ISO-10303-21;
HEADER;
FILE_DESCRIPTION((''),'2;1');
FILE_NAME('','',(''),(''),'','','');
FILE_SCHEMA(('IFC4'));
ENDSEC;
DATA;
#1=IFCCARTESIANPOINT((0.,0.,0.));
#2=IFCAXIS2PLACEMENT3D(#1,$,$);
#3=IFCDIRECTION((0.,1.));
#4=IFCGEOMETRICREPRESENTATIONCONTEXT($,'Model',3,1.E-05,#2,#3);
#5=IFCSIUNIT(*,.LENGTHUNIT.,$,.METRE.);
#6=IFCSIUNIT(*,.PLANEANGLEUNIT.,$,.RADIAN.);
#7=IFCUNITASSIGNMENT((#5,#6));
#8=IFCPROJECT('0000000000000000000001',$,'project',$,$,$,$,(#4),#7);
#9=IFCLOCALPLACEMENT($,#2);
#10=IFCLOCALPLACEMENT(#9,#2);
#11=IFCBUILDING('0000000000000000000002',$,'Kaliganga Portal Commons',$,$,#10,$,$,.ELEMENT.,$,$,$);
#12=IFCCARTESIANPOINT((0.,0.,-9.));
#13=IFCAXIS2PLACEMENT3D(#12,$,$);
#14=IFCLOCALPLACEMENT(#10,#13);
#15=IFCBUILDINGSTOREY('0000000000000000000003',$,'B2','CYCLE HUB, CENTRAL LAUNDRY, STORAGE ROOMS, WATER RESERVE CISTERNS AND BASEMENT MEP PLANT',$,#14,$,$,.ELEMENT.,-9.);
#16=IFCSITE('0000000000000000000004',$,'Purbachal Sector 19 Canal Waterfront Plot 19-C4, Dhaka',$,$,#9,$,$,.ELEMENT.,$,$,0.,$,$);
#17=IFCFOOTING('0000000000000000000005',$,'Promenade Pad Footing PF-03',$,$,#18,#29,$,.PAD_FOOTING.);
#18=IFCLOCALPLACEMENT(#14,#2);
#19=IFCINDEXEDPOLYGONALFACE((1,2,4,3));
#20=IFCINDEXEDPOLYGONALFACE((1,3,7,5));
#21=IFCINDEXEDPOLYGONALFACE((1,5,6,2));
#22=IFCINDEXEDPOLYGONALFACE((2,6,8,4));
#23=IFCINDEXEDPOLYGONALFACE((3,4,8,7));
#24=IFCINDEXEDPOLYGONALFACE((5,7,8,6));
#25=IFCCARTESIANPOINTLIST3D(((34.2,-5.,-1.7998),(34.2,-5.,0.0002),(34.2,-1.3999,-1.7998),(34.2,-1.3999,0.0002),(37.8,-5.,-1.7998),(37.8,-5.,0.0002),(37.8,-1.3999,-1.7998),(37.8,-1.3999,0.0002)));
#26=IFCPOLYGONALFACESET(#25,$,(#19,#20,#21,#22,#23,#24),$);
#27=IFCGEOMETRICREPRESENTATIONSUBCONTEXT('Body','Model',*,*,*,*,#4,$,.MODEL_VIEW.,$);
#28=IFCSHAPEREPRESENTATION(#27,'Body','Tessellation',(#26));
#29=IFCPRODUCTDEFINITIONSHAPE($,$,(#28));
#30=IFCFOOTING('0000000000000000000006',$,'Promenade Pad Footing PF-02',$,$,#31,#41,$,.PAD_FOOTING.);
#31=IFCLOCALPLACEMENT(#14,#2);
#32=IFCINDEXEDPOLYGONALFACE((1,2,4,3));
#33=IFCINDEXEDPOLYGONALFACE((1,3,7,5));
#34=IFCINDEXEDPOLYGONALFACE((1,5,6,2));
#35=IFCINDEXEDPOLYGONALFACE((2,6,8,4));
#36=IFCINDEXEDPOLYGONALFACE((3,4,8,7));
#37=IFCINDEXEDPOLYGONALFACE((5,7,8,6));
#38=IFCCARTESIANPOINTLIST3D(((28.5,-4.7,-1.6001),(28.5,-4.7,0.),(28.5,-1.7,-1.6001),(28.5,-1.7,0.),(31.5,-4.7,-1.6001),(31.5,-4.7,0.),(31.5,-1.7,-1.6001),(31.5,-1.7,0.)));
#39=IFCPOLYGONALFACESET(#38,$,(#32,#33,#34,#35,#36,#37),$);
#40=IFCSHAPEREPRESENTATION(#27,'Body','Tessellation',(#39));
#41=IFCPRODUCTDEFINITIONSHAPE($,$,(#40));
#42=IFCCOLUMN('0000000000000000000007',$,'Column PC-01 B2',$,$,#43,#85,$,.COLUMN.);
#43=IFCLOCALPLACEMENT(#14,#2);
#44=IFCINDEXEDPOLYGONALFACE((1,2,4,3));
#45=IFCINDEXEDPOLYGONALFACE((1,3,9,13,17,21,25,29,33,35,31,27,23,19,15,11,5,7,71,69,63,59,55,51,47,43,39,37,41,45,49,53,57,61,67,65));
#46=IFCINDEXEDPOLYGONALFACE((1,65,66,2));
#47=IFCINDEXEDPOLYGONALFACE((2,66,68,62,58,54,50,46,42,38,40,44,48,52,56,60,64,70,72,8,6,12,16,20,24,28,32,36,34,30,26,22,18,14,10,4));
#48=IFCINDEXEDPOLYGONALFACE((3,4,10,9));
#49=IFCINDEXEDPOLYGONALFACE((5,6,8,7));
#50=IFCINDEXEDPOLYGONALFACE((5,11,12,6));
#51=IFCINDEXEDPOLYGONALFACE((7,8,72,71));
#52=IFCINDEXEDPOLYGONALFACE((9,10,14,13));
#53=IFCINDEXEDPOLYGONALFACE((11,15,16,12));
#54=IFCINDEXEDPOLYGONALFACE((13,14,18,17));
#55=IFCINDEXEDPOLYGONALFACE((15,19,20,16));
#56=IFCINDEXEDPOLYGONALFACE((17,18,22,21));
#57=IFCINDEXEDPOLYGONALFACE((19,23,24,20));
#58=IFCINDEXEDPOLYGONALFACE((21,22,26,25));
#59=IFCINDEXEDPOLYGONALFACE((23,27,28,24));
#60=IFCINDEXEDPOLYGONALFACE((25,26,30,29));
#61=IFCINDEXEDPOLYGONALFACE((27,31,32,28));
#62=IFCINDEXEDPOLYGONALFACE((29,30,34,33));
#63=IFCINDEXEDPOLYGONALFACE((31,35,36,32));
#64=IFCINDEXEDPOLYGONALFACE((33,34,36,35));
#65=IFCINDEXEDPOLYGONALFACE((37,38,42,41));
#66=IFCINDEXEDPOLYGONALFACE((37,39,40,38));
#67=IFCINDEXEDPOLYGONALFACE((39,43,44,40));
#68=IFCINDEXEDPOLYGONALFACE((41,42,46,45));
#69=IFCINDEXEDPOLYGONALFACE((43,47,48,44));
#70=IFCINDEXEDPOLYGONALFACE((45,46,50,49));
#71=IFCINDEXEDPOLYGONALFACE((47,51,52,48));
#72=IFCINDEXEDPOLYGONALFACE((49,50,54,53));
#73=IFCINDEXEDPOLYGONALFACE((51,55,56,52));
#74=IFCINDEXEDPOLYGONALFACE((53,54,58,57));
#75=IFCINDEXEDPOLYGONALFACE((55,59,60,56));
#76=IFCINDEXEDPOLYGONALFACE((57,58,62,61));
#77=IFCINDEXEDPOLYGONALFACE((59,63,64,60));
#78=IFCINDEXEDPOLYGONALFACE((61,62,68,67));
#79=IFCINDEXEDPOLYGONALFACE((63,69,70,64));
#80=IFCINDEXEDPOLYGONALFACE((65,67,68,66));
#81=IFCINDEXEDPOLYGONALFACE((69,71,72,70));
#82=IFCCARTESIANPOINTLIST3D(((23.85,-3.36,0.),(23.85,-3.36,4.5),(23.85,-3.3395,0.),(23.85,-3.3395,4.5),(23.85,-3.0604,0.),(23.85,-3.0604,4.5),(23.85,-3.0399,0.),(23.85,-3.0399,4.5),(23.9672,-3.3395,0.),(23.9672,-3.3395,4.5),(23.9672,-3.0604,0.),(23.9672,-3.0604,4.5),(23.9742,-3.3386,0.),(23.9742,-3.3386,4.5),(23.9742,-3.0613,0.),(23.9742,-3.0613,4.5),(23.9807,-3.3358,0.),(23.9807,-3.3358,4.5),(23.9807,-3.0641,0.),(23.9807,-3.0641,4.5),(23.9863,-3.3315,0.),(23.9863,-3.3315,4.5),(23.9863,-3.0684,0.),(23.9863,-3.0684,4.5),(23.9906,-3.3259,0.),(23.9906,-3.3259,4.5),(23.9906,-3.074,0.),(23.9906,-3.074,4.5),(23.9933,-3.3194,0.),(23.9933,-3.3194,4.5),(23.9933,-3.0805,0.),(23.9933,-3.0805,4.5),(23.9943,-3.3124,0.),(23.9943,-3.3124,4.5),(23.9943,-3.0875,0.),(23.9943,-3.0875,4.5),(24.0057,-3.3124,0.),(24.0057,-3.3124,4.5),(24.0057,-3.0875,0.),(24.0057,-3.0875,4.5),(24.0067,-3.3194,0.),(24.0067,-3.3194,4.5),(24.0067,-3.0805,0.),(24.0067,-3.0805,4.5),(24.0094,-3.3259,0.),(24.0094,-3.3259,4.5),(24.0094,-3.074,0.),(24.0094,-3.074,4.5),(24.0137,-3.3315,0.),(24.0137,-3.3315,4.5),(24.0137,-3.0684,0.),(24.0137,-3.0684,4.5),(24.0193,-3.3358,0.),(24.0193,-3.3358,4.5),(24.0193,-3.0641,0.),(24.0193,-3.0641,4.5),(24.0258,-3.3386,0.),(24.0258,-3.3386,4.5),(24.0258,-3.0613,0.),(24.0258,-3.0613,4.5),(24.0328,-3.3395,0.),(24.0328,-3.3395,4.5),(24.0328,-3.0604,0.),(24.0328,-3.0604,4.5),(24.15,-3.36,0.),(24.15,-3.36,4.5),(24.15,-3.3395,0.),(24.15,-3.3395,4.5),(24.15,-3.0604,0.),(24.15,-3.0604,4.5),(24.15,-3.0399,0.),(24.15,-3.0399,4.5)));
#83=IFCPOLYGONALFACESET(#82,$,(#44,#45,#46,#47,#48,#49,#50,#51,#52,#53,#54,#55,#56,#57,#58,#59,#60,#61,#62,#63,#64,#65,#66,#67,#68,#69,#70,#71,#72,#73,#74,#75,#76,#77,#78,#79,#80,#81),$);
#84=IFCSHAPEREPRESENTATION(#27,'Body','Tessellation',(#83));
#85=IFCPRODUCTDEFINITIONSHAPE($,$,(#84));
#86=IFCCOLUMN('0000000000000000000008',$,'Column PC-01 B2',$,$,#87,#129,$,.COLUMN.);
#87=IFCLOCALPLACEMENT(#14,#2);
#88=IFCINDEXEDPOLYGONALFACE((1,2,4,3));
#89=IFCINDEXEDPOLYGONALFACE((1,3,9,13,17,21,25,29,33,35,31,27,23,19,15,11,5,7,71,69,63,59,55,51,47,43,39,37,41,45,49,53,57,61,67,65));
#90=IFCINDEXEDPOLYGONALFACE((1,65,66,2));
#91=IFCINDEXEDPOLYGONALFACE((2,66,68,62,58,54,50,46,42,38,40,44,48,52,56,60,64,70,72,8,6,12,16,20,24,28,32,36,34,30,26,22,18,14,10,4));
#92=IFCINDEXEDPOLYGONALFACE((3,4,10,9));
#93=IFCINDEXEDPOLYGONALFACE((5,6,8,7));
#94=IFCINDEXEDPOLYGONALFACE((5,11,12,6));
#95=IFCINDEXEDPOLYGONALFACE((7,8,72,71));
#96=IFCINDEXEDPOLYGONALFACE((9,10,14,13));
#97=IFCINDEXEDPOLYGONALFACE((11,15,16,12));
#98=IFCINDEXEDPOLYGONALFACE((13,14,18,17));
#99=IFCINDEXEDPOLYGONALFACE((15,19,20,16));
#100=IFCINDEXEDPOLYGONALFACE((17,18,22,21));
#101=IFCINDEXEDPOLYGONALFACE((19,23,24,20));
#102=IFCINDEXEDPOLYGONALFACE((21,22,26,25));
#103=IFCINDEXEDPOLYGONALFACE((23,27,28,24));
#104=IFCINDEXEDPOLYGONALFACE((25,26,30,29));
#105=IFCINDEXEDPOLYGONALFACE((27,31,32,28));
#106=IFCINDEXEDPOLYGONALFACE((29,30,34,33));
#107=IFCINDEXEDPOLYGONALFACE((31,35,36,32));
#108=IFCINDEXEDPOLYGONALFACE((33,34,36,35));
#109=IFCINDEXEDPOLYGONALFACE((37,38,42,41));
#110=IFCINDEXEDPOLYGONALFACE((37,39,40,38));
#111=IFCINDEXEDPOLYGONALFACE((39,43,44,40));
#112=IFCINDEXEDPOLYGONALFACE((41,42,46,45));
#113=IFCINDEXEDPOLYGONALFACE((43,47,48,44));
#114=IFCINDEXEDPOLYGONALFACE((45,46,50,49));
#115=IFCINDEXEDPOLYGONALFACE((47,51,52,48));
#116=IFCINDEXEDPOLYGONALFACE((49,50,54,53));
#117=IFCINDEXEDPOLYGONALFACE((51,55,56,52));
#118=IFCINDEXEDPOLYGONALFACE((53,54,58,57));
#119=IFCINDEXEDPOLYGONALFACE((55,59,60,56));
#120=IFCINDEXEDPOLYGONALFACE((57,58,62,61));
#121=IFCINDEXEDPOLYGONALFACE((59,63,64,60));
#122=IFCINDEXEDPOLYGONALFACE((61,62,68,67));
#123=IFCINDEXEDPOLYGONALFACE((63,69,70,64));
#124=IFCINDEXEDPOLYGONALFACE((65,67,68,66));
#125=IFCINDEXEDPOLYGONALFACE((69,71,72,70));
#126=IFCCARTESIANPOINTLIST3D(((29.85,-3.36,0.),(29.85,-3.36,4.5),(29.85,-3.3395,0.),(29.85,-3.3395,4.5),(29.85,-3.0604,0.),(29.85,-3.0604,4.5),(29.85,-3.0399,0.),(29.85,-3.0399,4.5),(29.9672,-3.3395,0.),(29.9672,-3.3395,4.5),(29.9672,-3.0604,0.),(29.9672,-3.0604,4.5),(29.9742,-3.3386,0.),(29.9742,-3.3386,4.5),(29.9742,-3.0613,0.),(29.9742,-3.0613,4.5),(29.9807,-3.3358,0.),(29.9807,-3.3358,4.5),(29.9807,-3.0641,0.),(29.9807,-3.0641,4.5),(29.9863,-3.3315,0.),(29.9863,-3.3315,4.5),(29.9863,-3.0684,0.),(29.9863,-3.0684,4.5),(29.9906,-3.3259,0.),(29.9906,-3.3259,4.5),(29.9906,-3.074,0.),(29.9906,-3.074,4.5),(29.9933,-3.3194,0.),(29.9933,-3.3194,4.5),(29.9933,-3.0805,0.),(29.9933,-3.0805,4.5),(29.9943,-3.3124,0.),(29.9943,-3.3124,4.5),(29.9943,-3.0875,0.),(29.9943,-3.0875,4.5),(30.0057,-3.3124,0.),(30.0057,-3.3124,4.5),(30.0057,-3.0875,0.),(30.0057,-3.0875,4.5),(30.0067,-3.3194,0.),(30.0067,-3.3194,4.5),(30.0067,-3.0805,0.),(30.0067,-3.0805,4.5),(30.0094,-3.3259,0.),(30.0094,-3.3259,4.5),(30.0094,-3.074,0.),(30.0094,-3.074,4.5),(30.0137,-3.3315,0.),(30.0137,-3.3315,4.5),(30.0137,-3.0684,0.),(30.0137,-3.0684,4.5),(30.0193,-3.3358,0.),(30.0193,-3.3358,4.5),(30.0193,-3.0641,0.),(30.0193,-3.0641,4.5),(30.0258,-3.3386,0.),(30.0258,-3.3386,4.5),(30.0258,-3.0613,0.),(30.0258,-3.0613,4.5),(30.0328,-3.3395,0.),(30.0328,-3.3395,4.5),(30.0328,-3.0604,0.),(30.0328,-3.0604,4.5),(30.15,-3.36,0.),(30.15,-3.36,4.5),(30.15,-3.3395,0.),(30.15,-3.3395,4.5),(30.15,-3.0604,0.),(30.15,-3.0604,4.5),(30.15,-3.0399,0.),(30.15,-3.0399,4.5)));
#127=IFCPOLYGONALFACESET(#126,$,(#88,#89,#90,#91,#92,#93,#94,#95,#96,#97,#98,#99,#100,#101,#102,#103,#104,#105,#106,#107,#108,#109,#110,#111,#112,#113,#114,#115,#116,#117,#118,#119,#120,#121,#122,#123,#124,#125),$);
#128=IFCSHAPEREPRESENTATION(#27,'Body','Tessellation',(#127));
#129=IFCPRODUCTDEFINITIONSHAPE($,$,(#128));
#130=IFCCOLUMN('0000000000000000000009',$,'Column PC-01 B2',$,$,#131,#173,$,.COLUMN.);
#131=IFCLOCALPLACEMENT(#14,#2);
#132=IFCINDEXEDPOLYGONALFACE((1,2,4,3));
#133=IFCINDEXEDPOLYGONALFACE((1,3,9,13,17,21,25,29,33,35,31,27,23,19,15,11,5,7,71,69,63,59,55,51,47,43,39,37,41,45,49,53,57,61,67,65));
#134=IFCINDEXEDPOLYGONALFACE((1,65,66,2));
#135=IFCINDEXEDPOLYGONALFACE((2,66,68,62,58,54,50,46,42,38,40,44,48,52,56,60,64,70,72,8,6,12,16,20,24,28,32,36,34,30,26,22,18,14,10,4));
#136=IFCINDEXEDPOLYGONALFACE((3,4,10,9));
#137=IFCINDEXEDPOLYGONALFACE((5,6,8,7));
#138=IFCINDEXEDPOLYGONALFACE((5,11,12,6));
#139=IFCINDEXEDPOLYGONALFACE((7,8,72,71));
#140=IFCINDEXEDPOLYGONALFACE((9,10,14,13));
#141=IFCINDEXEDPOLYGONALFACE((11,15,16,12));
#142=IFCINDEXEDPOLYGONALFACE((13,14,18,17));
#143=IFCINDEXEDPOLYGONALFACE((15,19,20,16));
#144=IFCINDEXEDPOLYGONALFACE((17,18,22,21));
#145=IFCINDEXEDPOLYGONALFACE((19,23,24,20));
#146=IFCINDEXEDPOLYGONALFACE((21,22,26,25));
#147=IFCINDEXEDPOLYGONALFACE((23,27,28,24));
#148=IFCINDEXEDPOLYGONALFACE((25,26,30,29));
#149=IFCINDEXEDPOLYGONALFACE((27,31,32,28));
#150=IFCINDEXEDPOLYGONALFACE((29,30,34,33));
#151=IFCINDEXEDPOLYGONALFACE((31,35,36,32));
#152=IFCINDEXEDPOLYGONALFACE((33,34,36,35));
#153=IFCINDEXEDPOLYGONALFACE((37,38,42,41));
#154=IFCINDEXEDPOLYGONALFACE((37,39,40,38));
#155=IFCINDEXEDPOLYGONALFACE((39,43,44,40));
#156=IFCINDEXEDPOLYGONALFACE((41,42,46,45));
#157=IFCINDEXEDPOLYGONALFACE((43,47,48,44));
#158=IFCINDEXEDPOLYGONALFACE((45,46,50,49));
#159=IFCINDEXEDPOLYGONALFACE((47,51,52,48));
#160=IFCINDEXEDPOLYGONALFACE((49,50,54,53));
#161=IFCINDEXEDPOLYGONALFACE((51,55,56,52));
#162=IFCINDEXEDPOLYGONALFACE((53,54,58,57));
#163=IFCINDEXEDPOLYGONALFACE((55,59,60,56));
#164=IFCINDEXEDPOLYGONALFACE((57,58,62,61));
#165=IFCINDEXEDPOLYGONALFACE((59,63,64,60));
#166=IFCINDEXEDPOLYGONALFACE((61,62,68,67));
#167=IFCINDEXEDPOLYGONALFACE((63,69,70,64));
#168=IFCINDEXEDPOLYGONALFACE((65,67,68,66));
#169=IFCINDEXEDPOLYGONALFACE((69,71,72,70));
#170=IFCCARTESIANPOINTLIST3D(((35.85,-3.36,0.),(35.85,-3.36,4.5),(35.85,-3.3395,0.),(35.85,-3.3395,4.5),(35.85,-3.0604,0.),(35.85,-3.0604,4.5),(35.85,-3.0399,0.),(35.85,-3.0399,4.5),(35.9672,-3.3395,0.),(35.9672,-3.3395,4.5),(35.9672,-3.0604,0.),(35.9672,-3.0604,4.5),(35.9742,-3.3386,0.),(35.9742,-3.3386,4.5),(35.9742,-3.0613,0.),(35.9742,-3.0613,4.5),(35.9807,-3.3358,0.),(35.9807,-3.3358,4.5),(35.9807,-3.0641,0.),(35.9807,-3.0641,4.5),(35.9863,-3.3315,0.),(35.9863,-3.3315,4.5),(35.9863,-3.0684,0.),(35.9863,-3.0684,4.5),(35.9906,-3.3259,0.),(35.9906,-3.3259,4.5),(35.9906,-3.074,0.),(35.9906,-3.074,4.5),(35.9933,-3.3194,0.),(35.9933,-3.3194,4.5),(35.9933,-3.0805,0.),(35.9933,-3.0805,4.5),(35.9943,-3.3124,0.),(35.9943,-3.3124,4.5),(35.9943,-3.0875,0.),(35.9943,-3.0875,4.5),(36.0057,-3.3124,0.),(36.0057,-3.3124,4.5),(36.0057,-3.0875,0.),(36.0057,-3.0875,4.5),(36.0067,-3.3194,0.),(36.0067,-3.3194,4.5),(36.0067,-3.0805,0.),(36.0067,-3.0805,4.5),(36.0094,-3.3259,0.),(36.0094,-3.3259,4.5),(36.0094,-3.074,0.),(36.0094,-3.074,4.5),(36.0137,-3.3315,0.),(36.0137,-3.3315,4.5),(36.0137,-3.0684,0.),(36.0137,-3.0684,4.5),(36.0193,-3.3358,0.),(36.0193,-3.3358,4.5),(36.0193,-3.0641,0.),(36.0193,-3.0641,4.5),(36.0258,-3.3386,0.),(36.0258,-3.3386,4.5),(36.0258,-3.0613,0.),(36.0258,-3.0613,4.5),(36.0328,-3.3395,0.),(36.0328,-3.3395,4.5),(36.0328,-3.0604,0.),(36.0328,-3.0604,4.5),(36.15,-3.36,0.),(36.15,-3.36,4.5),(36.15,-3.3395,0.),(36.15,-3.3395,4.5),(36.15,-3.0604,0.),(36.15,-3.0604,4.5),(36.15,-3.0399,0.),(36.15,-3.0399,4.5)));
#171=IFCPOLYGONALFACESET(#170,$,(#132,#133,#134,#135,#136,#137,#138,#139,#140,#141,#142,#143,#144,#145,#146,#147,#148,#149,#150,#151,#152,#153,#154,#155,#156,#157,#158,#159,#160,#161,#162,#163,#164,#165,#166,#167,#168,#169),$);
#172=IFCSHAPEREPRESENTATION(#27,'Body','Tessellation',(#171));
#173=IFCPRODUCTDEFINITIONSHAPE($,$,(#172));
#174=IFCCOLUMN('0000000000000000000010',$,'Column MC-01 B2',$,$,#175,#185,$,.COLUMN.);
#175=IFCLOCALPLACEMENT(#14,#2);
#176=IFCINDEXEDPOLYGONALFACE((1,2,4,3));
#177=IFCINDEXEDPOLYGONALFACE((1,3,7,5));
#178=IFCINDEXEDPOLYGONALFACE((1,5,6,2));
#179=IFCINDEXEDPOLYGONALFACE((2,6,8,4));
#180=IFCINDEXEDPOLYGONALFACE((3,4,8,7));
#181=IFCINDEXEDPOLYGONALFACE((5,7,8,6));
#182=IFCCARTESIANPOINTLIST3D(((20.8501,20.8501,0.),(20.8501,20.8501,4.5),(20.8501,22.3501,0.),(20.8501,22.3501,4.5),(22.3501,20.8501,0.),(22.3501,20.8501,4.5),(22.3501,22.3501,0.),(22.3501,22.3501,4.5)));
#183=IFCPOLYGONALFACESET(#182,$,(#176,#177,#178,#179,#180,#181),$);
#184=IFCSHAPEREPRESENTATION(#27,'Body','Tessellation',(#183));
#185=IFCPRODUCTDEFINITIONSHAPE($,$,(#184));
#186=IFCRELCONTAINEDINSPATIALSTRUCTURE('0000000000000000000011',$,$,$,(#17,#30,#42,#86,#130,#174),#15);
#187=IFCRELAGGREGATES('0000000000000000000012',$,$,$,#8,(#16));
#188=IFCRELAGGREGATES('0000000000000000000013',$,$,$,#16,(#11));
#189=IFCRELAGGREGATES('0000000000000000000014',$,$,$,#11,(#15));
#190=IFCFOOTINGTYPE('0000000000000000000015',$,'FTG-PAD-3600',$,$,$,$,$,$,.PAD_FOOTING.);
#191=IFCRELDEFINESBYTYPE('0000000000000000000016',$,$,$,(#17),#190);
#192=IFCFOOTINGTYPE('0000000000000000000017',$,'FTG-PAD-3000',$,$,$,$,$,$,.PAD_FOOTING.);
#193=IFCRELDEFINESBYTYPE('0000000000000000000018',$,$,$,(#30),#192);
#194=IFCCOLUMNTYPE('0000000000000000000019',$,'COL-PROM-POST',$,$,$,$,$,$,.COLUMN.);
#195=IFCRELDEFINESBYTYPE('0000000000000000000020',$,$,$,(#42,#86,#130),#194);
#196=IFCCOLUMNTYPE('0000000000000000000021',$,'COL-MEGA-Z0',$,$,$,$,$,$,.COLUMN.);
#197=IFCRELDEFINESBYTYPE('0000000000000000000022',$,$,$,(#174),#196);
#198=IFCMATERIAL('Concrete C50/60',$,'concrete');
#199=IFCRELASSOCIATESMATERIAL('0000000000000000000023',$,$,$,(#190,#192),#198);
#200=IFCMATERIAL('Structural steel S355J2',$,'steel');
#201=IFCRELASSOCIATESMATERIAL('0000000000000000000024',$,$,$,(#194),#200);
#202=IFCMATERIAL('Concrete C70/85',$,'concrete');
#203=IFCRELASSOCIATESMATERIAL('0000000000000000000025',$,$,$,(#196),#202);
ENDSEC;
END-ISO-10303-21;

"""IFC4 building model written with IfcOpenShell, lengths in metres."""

from ifc_helpers import new_model, si_unit, direction, frame, origin, origin_2d, place, context, subcontext, project, spatial, rectangle, i_section, extrude, source, transform, mapped, material, material_profile, profile_set, type_object, element, save


model = new_model("IFC4")

# Units and contexts
model_context = context("Model", 3, precision=1e-05, world=origin(), true_north=direction((0.0, 1.0)))
body_context = subcontext(model_context, "Body", "Model", "MODEL_VIEW")
ifc_project = project(units=[si_unit("LENGTHUNIT", "METRE"), si_unit("PLANEANGLEUNIT", "RADIAN")], contexts=[model_context])

# Site, building, storey
site_placement = place(None, origin())
site = spatial("IfcSite", under=ifc_project, at=site_placement, Name="Purbachal Sector 19 Canal Waterfront Plot 19-C4, Dhaka", CompositionType="ELEMENT", RefElevation=0.0)
building_placement = place(site_placement, origin())
building = spatial("IfcBuilding", under=site, at=building_placement, Name="Kaliganga Portal Commons", CompositionType="ELEMENT")
storey_placement = place(building_placement, frame((0.0, 0.0, -9.0)))
storey = spatial("IfcBuildingStorey", under=building, at=storey_placement, Name="B2", Description="CYCLE HUB, CENTRAL LAUNDRY, STORAGE ROOMS, WATER RESERVE CISTERNS AND BASEMENT MEP PLANT", CompositionType="ELEMENT", Elevation=-9.0)

# Shared definitions
ifc_material_1 = material(Name="Concrete C50/60", Category="concrete")

# Footings
footing_type_1 = type_object("IfcFootingType", Name="FTG-PAD-3600", PredefinedType="PAD_FOOTING", material=ifc_material_1)
shared_shape_1 = source(origin(), body_context, "Body", "SweptSolid", [
    extrude(rectangle(XDim=3.6001, YDim=3.6001, at=origin_2d()), origin(), (0.0, 0.0, 1.0), 1.8),
])
for number, where, z_axis, x_axis, name in (
    (1, (36.0, -3.2, -1.7998), (0.0, 0.0, 1.0), (1.0, 0.0, 0.0), "Promenade Pad Footing PF-03"),
):
    element("IfcFooting", number, at=place(storey_placement, frame(where, z_axis=z_axis, x_axis=x_axis)), inside=storey, type_object=footing_type_1, Name=name, PredefinedType="PAD_FOOTING", context=body_context, shape_type="MappedRepresentation", body=[
        mapped(shared_shape_1, transform((0.0, 0.0, 0.0), x_axis=(1.0, 0.0, 0.0), y_axis=(0.0, 1.0, 0.0), z_axis=(0.0, 0.0, 1.0), scale=1.0)),
    ])
footing_type_2 = type_object("IfcFootingType", Name="FTG-PAD-3000", PredefinedType="PAD_FOOTING", material=ifc_material_1)
shared_shape_2 = source(origin(), body_context, "Body", "SweptSolid", [
    extrude(rectangle(XDim=3.0, YDim=3.0, at=origin_2d()), origin(), (0.0, 0.0, 1.0), 1.6001),
])
footing_placement = place(storey_placement, frame((30.0, -3.2, -1.6001), z_axis=(0.0, 0.0, 1.0), x_axis=(1.0, 0.0, 0.0)))
element("IfcFooting", 2, at=footing_placement, inside=storey, type_object=footing_type_2, Name="Promenade Pad Footing PF-02", PredefinedType="PAD_FOOTING", context=body_context, shape_type="MappedRepresentation", body=[
    mapped(shared_shape_2, transform((0.0, 0.0, 0.0), x_axis=(1.0, 0.0, 0.0), y_axis=(0.0, 1.0, 0.0), z_axis=(0.0, 0.0, 1.0), scale=1.0)),
])

# Columns
ifc_material_2 = material(Name="Structural steel S355J2", Category="steel")
ifc_material_profile_1 = material_profile(ifc_material_2, i_section(OverallWidth=0.3, OverallDepth=0.3201, WebThickness=0.0115, FlangeThickness=0.0205, FilletRadius=0.0271, at=origin_2d()), Name="HE 320 B")
ifc_profile_set_1 = profile_set([ifc_material_profile_1], Name="Structural steel S355J2 wide-flange")
column_type_1 = type_object("IfcColumnType", Name="COL-PROM-POST", PredefinedType="COLUMN", material=ifc_profile_set_1)
shared_shape_3 = source(origin(), body_context, "Body", "SweptSolid", [
    extrude(i_section(OverallWidth=0.3, OverallDepth=0.3201, WebThickness=0.0115, FlangeThickness=0.0205, FilletRadius=0.0271, at=origin_2d()), origin(), (0.0, 0.0, 1.0), 4.5),
])
for number, where, z_axis, x_axis, name in (
    (3, (24.0, -3.2, 0.0), (0.0, 0.0, 1.0), (1.0, 0.0, 0.0), "Column PC-01 B2"),
    (4, (30.0, -3.2, 0.0), (0.0, 0.0, 1.0), (1.0, 0.0, 0.0), "Column PC-01 B2"),
    (5, (36.0, -3.2, 0.0), (0.0, 0.0, 1.0), (1.0, 0.0, 0.0), "Column PC-01 B2"),
):
    element("IfcColumn", number, at=place(storey_placement, frame(where, z_axis=z_axis, x_axis=x_axis)), inside=storey, type_object=column_type_1, Name=name, PredefinedType="COLUMN", context=body_context, shape_type="MappedRepresentation", body=[
        mapped(shared_shape_3, transform((0.0, 0.0, 0.0), x_axis=(1.0, 0.0, 0.0), y_axis=(0.0, 1.0, 0.0), z_axis=(0.0, 0.0, 1.0), scale=1.0)),
    ])
ifc_material_3 = material(Name="Concrete C70/85", Category="concrete")
ifc_material_profile_2 = material_profile(ifc_material_3, rectangle(XDim=1.5, YDim=1.5, at=origin_2d()), Name="RC 1500x1500")
ifc_profile_set_2 = profile_set([ifc_material_profile_2], Name="Concrete C70/85")
column_type_2 = type_object("IfcColumnType", Name="COL-MEGA-Z0", PredefinedType="COLUMN", material=ifc_profile_set_2)
shared_shape_4 = source(origin(), body_context, "Body", "SweptSolid", [
    extrude(rectangle(XDim=1.5, YDim=1.5, at=origin_2d()), origin(), (0.0, 0.0, 1.0), 4.5),
])
for number, where, z_axis, x_axis, name in (
    (6, (21.6001, 21.6001, 0.0), (0.0, 0.0, 1.0), (1.0, 0.0, 0.0), "Column MC-01 B2"),
):
    element("IfcColumn", number, at=place(storey_placement, frame(where, z_axis=z_axis, x_axis=x_axis)), inside=storey, type_object=column_type_2, Name=name, PredefinedType="COLUMN", context=body_context, shape_type="MappedRepresentation", body=[
        mapped(shared_shape_4, transform((0.0, 0.0, 0.0), x_axis=(1.0, 0.0, 0.0), y_axis=(0.0, 1.0, 0.0), z_axis=(0.0, 0.0, 1.0), scale=1.0)),
    ])

save(model, "model.ifc")
